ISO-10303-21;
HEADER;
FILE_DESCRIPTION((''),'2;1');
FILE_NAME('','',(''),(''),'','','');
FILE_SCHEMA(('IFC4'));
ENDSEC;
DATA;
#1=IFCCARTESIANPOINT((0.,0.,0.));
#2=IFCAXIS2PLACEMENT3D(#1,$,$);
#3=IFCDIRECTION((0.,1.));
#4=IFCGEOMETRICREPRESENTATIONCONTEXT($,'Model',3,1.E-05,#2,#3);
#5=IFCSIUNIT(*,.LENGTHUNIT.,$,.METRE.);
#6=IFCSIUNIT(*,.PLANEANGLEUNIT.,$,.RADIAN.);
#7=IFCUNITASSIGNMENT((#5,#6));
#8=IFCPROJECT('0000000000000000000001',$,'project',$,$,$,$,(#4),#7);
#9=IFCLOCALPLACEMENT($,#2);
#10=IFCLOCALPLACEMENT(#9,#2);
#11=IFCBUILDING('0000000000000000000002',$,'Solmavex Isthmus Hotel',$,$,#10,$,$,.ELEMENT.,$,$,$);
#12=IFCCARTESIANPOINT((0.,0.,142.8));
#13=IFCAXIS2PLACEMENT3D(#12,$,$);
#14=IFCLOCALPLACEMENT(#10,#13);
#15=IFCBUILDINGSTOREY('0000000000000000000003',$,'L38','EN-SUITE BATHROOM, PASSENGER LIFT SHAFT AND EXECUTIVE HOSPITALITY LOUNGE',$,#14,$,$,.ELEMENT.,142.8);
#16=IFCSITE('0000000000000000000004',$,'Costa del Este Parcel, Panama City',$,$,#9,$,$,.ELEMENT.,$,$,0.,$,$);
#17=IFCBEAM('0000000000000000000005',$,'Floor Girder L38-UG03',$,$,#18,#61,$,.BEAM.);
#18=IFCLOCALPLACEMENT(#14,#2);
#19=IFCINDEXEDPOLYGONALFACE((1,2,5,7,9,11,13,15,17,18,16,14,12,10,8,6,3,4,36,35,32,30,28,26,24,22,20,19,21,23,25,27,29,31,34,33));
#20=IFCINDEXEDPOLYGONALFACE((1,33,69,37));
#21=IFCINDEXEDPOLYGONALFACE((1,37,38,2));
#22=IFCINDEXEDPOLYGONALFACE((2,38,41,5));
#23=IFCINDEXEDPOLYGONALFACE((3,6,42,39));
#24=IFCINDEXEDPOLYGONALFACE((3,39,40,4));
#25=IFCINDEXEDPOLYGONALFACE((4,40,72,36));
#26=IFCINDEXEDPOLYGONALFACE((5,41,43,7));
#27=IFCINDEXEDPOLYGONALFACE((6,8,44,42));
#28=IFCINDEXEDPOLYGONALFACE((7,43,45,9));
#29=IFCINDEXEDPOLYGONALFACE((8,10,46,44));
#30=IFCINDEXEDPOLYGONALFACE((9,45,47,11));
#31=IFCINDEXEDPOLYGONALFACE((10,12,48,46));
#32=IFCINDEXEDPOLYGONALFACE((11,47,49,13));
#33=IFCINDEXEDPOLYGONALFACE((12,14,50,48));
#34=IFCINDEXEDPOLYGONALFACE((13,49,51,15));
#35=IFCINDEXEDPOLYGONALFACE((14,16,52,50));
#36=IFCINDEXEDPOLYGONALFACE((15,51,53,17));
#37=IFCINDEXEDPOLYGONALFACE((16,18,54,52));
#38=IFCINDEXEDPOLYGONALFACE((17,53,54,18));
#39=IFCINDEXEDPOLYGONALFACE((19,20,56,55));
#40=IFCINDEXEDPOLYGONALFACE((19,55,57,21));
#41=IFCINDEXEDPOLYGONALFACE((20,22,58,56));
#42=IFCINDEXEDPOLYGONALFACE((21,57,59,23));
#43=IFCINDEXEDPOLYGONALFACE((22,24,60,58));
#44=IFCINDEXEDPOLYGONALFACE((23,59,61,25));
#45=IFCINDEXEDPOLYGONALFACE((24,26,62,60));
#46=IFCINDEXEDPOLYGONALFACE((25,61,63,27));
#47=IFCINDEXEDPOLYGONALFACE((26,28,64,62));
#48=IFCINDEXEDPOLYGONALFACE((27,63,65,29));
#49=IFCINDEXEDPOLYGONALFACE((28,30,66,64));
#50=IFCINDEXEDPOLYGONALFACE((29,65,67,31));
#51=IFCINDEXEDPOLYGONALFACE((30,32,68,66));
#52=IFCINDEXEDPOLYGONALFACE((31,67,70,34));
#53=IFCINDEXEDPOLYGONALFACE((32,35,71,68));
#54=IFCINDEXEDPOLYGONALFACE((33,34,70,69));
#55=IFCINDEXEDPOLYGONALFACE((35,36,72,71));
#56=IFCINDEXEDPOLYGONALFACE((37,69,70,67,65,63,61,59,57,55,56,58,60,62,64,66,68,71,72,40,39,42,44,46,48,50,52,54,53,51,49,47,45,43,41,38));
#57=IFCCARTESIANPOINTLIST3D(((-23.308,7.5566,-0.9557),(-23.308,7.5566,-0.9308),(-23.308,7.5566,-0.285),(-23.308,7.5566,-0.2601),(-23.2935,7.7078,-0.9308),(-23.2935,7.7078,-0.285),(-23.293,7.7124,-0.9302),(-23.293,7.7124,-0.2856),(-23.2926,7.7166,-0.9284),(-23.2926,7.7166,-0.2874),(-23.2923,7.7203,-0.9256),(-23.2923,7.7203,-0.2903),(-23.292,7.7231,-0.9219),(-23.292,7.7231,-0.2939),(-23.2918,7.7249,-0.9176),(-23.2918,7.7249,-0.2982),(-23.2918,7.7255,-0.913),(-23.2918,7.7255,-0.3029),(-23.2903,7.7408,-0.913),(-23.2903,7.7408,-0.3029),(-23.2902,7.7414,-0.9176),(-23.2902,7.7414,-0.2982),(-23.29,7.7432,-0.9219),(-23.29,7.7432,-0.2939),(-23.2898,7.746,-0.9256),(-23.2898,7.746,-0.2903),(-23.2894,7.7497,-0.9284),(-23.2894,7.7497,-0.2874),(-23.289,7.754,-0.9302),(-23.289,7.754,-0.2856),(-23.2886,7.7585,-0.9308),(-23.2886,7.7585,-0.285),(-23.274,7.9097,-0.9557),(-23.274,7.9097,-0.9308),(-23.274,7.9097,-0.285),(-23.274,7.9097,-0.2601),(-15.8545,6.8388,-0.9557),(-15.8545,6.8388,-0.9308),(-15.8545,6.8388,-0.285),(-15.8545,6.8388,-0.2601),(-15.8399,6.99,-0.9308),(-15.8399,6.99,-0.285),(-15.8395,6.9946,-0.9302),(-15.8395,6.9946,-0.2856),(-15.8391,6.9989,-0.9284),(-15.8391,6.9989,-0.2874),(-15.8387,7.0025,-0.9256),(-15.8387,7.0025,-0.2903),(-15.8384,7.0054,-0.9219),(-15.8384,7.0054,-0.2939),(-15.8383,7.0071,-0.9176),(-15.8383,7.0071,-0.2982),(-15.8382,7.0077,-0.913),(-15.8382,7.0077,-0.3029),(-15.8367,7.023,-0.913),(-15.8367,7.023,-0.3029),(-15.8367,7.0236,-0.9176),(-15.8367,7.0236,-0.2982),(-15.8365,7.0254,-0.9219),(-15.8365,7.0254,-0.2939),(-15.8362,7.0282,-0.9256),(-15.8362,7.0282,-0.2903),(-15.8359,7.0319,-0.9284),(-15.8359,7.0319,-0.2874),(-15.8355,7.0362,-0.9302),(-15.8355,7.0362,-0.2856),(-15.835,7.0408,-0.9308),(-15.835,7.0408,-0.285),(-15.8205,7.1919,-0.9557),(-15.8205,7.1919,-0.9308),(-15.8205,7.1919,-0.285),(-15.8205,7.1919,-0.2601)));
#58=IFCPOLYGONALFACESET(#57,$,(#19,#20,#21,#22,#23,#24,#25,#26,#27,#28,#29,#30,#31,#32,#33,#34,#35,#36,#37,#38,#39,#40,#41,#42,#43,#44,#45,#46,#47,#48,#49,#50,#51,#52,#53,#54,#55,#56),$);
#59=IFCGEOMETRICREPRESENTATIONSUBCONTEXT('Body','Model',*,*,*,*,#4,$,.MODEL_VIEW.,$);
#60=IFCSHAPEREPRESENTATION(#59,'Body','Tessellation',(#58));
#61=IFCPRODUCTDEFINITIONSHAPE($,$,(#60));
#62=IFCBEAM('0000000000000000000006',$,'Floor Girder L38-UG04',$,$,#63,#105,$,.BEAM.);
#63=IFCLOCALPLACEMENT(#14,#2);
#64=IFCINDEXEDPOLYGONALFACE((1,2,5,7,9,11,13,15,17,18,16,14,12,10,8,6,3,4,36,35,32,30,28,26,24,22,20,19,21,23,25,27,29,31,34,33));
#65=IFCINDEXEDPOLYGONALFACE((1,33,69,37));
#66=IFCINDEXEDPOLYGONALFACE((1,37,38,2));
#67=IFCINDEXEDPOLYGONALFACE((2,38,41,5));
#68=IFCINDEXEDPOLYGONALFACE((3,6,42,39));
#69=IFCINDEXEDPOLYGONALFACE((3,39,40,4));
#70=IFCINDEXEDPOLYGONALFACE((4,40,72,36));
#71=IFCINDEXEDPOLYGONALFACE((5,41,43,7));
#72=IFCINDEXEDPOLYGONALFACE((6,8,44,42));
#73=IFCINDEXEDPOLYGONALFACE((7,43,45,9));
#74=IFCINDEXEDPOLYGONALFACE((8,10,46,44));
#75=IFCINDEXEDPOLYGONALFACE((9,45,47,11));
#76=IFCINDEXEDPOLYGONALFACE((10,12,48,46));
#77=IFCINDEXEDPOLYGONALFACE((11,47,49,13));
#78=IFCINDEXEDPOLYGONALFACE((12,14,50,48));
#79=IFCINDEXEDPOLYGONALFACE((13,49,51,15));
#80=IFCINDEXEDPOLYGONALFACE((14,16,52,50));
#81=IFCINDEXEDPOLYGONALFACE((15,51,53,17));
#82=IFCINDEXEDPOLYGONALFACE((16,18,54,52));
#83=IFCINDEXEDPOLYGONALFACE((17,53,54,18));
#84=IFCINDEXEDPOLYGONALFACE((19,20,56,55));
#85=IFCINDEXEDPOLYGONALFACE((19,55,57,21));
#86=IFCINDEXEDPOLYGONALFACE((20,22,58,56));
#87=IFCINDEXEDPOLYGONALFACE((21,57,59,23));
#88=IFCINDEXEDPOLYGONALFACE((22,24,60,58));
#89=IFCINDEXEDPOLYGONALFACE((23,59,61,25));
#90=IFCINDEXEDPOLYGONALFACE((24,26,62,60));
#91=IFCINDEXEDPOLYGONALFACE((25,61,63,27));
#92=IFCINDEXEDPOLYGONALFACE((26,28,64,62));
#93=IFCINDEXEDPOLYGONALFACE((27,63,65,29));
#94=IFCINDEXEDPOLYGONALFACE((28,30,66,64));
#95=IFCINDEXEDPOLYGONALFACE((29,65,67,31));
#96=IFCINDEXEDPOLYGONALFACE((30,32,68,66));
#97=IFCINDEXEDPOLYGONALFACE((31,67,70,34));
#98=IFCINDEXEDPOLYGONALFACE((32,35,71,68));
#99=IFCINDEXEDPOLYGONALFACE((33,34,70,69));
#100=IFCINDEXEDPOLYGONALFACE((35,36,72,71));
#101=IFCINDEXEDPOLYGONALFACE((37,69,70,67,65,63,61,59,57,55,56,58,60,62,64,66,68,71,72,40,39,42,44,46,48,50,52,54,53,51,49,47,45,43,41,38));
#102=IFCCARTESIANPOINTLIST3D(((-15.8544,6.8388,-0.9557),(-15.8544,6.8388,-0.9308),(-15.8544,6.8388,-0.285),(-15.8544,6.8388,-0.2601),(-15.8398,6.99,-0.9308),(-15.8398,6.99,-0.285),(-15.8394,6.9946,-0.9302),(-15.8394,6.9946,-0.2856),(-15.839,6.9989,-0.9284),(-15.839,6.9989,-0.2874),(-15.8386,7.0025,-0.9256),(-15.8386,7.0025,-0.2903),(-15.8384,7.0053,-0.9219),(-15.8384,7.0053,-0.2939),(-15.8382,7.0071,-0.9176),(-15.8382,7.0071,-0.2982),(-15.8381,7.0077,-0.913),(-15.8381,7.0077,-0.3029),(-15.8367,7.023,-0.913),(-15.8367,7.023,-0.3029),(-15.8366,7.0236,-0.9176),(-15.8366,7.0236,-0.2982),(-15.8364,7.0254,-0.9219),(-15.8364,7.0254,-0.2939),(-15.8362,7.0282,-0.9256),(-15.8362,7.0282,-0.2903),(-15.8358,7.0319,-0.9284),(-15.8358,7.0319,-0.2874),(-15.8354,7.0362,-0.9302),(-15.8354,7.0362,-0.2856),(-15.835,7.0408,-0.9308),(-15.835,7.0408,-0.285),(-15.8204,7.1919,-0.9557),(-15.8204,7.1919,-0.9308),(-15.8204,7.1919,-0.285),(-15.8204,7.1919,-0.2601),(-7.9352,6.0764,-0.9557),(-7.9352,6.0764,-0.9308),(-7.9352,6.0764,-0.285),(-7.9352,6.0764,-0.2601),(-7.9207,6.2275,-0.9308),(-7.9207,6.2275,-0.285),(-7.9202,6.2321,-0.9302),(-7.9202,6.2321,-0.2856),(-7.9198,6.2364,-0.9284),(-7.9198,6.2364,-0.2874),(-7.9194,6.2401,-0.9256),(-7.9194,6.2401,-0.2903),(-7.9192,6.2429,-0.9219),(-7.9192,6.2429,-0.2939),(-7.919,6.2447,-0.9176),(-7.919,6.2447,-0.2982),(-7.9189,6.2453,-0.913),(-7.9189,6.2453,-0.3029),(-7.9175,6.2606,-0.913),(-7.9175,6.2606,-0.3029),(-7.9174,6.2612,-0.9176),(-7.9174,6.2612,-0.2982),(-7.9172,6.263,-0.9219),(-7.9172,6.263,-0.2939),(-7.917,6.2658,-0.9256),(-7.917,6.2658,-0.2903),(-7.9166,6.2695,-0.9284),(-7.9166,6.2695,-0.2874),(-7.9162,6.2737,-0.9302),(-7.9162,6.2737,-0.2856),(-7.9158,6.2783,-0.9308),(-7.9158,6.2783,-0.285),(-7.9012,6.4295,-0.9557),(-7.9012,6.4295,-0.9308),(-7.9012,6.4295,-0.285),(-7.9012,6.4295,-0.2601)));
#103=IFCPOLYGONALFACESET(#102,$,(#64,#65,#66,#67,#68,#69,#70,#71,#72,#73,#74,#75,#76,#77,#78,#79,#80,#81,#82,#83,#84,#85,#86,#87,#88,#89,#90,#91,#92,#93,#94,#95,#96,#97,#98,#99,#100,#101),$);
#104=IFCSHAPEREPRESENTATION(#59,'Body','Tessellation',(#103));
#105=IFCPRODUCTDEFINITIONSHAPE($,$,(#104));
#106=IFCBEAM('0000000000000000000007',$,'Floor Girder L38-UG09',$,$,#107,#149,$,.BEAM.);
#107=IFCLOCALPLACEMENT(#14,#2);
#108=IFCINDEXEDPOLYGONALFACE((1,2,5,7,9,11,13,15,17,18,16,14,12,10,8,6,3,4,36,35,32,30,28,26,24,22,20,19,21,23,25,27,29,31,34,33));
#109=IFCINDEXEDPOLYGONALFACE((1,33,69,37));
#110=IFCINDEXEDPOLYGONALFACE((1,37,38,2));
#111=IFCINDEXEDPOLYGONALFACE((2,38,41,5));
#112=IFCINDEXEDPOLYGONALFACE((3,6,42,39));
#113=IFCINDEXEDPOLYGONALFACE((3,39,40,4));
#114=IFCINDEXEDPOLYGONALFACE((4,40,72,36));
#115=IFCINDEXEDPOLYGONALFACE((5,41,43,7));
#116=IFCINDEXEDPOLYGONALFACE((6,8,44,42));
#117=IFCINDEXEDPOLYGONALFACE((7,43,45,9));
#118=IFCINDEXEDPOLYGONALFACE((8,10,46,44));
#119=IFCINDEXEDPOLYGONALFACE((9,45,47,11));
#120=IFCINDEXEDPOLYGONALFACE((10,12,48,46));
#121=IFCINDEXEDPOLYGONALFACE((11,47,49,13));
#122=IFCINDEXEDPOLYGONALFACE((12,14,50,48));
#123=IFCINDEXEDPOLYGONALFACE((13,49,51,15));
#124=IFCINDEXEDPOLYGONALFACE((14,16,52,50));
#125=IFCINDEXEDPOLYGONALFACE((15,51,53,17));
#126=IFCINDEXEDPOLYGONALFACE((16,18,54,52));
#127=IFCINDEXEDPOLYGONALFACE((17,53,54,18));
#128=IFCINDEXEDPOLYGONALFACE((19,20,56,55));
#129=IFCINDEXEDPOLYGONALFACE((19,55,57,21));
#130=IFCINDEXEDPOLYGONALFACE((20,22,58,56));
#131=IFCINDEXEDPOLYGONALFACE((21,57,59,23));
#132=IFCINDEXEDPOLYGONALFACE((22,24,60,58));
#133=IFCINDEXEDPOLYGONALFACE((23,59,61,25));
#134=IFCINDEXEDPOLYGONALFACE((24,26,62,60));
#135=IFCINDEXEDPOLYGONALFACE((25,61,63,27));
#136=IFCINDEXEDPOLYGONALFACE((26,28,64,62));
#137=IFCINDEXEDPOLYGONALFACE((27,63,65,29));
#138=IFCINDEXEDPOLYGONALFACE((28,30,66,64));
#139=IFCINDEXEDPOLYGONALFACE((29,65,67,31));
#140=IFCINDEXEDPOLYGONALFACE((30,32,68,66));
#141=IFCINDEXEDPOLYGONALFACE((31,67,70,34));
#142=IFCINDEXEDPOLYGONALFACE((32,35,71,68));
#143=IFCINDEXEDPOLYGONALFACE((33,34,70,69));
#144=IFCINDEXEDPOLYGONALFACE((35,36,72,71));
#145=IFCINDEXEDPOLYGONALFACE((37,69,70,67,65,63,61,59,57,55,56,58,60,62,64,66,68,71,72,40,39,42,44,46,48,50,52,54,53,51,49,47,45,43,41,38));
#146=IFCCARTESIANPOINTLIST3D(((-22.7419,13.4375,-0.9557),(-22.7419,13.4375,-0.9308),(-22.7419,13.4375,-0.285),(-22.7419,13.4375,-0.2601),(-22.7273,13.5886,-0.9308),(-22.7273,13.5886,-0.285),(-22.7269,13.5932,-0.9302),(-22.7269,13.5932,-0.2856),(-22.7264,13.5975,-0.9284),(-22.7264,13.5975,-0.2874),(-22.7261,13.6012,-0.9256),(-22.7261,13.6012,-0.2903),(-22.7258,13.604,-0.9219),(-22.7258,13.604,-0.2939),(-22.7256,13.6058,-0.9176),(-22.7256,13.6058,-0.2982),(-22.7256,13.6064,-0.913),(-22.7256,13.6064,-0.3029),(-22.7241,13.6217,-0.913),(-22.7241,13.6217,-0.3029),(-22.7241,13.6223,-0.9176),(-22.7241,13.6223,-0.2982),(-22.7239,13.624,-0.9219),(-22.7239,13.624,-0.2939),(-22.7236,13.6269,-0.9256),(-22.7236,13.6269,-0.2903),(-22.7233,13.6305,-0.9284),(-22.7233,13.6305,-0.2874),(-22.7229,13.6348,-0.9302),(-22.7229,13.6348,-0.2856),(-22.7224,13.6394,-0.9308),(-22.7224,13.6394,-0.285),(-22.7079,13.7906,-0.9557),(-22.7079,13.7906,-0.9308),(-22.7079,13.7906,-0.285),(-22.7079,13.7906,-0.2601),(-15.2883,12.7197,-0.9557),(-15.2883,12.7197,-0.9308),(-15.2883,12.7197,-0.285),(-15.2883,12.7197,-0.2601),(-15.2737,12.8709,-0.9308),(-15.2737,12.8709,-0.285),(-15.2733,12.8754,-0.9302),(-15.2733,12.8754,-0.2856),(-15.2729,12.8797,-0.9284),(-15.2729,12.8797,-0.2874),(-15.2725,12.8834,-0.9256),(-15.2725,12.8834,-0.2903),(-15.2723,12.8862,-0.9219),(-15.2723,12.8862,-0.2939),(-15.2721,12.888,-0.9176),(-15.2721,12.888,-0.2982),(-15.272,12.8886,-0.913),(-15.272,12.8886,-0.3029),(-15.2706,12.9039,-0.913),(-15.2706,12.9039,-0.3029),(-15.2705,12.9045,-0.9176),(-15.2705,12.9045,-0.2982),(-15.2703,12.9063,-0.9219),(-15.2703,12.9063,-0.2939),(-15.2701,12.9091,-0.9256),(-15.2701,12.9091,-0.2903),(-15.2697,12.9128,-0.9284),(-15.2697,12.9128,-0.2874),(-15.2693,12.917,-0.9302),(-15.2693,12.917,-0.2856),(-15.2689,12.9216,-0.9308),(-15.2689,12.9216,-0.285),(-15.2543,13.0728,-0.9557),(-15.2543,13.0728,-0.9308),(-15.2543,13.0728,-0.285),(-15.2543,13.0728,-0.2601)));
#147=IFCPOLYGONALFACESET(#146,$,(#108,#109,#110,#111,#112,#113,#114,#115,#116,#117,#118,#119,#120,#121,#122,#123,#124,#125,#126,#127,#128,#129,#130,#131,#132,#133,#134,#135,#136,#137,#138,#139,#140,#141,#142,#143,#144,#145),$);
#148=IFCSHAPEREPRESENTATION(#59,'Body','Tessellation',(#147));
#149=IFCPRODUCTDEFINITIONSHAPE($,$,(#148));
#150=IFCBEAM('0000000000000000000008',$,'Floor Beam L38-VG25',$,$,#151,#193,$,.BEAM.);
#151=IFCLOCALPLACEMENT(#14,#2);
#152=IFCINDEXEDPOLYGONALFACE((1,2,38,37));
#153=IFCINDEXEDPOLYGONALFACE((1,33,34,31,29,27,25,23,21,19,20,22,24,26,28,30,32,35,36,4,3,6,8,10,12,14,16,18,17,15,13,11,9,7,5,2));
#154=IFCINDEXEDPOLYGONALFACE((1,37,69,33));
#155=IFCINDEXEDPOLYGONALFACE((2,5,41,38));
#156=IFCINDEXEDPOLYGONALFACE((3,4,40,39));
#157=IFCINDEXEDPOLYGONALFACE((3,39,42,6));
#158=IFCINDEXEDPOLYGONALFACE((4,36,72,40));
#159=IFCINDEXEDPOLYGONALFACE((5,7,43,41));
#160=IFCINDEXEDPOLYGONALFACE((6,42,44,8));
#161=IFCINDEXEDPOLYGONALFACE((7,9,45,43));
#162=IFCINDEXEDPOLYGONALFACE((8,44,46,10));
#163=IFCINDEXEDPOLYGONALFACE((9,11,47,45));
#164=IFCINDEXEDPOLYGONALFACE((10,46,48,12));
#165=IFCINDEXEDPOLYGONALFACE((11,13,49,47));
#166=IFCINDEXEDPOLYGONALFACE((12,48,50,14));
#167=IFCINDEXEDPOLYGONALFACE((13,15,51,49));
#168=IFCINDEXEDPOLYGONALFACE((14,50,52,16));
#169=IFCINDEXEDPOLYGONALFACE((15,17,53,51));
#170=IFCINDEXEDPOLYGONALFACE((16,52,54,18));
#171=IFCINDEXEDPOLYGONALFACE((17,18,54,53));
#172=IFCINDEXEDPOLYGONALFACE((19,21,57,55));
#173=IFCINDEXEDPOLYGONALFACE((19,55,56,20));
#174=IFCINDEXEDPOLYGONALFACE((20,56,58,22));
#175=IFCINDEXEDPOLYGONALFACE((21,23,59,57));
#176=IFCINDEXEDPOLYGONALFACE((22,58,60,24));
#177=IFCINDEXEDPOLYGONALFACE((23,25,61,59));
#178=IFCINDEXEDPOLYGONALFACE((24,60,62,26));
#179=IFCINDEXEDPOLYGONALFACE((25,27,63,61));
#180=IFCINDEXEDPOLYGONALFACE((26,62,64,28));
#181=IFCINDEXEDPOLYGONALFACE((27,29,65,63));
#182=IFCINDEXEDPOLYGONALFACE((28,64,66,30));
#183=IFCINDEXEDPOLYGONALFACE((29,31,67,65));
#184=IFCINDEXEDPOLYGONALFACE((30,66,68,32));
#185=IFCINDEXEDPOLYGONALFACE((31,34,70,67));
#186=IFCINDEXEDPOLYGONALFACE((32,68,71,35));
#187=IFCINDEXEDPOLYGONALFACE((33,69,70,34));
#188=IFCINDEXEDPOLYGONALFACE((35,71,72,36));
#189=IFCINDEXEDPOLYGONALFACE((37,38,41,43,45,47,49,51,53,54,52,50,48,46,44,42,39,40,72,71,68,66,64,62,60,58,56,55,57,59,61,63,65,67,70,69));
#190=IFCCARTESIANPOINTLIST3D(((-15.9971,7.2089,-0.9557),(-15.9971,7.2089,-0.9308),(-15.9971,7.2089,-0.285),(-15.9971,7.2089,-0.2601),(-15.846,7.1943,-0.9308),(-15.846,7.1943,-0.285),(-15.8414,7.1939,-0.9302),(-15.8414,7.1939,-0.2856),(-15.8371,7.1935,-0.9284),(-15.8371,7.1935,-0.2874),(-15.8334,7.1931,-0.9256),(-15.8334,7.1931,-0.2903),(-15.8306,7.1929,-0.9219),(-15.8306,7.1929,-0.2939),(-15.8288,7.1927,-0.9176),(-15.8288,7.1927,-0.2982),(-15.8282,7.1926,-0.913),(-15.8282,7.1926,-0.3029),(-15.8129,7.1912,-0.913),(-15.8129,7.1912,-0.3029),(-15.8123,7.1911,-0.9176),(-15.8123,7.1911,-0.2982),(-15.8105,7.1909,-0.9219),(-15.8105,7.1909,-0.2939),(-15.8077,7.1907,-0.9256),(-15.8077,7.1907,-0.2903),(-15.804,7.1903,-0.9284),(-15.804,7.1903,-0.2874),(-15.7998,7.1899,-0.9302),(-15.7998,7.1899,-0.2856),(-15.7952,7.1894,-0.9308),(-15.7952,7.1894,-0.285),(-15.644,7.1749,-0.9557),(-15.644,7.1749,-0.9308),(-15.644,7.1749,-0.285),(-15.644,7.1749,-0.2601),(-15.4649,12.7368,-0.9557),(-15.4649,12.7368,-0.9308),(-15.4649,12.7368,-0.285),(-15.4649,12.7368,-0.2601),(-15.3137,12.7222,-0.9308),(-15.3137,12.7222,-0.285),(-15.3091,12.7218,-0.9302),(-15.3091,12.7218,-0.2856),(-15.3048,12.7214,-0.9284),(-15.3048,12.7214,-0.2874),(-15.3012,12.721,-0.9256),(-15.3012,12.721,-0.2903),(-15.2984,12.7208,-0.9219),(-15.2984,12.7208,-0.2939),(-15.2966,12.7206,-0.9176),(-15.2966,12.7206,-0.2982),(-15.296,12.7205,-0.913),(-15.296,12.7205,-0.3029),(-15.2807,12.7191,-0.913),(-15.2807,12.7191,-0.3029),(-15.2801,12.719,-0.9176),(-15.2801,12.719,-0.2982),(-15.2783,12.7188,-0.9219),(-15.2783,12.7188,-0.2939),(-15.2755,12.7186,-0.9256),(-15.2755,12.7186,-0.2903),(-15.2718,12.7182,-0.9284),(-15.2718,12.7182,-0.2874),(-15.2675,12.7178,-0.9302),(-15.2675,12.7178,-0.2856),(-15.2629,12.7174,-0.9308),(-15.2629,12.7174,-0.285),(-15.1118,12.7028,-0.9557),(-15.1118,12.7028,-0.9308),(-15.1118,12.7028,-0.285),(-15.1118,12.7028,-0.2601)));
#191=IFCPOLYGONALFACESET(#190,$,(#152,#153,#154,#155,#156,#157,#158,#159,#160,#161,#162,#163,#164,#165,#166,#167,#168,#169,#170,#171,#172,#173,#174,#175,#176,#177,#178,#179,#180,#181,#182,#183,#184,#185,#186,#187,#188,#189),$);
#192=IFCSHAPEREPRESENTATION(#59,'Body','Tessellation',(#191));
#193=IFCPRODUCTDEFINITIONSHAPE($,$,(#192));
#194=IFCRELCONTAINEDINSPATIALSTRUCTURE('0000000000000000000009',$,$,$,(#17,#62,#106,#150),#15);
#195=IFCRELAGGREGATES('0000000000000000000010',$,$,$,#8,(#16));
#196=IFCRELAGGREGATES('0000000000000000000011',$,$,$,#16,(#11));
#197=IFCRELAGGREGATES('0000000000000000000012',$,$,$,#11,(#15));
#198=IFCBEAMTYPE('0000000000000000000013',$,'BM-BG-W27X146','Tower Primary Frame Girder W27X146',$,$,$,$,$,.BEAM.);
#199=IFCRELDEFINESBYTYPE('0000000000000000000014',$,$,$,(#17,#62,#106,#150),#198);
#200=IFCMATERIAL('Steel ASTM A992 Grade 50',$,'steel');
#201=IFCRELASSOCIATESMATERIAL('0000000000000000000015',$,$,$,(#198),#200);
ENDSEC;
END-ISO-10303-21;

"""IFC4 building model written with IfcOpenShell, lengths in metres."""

from ifc_helpers import new_model, si_unit, direction, frame, origin, origin_2d, place, context, subcontext, project, spatial, i_section, extrude, material, material_profile, profile_set, type_object, element, save


model = new_model("IFC4")

# Units and contexts
model_context = context("Model", 3, precision=1e-05, world=origin(), true_north=direction((0.0, 1.0)))
body_context = subcontext(model_context, "Body", "Model", "MODEL_VIEW")
ifc_project = project(units=[si_unit("LENGTHUNIT", "METRE"), si_unit("PLANEANGLEUNIT", "RADIAN")], contexts=[model_context])

# Site, building, storey
site_placement = place(None, origin())
site = spatial("IfcSite", under=ifc_project, at=site_placement, Name="Costa del Este Parcel, Panama City", CompositionType="ELEMENT", RefElevation=0.0)
building_placement = place(site_placement, origin())
building = spatial("IfcBuilding", under=site, at=building_placement, Name="Solmavex Isthmus Hotel", CompositionType="ELEMENT")
storey_placement = place(building_placement, frame((0.0, 0.0, 142.8)))
storey = spatial("IfcBuildingStorey", under=building, at=storey_placement, Name="L38", Description="EN-SUITE BATHROOM, PASSENGER LIFT SHAFT AND EXECUTIVE HOSPITALITY LOUNGE", CompositionType="ELEMENT", Elevation=142.8)

# Beams
ifc_material_1 = material(Name="Steel ASTM A992 Grade 50", Category="steel")
ifc_material_profile_1 = material_profile(ifc_material_1, i_section(OverallWidth=0.3547, OverallDepth=0.6956, WebThickness=0.0154, FlangeThickness=0.0249, FilletRadius=0.0178, at=origin_2d()), Name="W27X146")
ifc_profile_set_1 = profile_set([ifc_material_profile_1], Name="Steel ASTM A992 Grade 50")
beam_type_1 = type_object("IfcBeamType", Name="BM-BG-W27X146", Description="Tower Primary Frame Girder W27X146", PredefinedType="BEAM", material=ifc_profile_set_1)
beam_1_placement = place(storey_placement, frame((-23.291, 7.7332, -0.6079), z_axis=(0.995395, -0.095855, 0.0), x_axis=(0.095855, 0.995395, 0.0)))
element("IfcBeam", 1, at=beam_1_placement, inside=storey, type_object=beam_type_1, Name="Floor Girder L38-UG03", PredefinedType="BEAM", context=body_context, shape_type="SweptSolid", body=[
    extrude(i_section(OverallWidth=0.3547, OverallDepth=0.6956, WebThickness=0.0154, FlangeThickness=0.0249, FilletRadius=0.0178, at=origin_2d()), origin(), (0.0, 0.0, 1.0), 7.488),
])
beam_2_placement = place(storey_placement, frame((-15.8374, 7.0154, -0.6079), z_axis=(0.995397, -0.095836, 0.0), x_axis=(0.095836, 0.995397, 0.0)))
element("IfcBeam", 2, at=beam_2_placement, inside=storey, type_object=beam_type_1, Name="Floor Girder L38-UG04", PredefinedType="BEAM", context=body_context, shape_type="SweptSolid", body=[
    extrude(i_section(OverallWidth=0.3547, OverallDepth=0.6956, WebThickness=0.0154, FlangeThickness=0.0249, FilletRadius=0.0178, at=origin_2d()), origin(), (0.0, 0.0, 1.0), 7.9558),
])
beam_3_placement = place(storey_placement, frame((-22.7249, 13.614, -0.6079), z_axis=(0.995395, -0.095855, 0.0), x_axis=(0.095855, 0.995395, 0.0)))
element("IfcBeam", 3, at=beam_3_placement, inside=storey, type_object=beam_type_1, Name="Floor Girder L38-UG09", PredefinedType="BEAM", context=body_context, shape_type="SweptSolid", body=[
    extrude(i_section(OverallWidth=0.3547, OverallDepth=0.6956, WebThickness=0.0154, FlangeThickness=0.0249, FilletRadius=0.0178, at=origin_2d()), origin(), (0.0, 0.0, 1.0), 7.488),
])
beam_4_placement = place(storey_placement, frame((-15.8206, 7.1919, -0.6079), z_axis=(0.095838, 0.995397, 0.0), x_axis=(-0.995397, 0.095838, 0.0)))
element("IfcBeam", 4, at=beam_4_placement, inside=storey, type_object=beam_type_1, Name="Floor Beam L38-VG25", PredefinedType="BEAM", context=body_context, shape_type="SweptSolid", body=[
    extrude(i_section(OverallWidth=0.3547, OverallDepth=0.6956, WebThickness=0.0154, FlangeThickness=0.0249, FilletRadius=0.0178, at=origin_2d()), origin(), (0.0, 0.0, 1.0), 5.5535),
])

save(model, "model.ifc")
